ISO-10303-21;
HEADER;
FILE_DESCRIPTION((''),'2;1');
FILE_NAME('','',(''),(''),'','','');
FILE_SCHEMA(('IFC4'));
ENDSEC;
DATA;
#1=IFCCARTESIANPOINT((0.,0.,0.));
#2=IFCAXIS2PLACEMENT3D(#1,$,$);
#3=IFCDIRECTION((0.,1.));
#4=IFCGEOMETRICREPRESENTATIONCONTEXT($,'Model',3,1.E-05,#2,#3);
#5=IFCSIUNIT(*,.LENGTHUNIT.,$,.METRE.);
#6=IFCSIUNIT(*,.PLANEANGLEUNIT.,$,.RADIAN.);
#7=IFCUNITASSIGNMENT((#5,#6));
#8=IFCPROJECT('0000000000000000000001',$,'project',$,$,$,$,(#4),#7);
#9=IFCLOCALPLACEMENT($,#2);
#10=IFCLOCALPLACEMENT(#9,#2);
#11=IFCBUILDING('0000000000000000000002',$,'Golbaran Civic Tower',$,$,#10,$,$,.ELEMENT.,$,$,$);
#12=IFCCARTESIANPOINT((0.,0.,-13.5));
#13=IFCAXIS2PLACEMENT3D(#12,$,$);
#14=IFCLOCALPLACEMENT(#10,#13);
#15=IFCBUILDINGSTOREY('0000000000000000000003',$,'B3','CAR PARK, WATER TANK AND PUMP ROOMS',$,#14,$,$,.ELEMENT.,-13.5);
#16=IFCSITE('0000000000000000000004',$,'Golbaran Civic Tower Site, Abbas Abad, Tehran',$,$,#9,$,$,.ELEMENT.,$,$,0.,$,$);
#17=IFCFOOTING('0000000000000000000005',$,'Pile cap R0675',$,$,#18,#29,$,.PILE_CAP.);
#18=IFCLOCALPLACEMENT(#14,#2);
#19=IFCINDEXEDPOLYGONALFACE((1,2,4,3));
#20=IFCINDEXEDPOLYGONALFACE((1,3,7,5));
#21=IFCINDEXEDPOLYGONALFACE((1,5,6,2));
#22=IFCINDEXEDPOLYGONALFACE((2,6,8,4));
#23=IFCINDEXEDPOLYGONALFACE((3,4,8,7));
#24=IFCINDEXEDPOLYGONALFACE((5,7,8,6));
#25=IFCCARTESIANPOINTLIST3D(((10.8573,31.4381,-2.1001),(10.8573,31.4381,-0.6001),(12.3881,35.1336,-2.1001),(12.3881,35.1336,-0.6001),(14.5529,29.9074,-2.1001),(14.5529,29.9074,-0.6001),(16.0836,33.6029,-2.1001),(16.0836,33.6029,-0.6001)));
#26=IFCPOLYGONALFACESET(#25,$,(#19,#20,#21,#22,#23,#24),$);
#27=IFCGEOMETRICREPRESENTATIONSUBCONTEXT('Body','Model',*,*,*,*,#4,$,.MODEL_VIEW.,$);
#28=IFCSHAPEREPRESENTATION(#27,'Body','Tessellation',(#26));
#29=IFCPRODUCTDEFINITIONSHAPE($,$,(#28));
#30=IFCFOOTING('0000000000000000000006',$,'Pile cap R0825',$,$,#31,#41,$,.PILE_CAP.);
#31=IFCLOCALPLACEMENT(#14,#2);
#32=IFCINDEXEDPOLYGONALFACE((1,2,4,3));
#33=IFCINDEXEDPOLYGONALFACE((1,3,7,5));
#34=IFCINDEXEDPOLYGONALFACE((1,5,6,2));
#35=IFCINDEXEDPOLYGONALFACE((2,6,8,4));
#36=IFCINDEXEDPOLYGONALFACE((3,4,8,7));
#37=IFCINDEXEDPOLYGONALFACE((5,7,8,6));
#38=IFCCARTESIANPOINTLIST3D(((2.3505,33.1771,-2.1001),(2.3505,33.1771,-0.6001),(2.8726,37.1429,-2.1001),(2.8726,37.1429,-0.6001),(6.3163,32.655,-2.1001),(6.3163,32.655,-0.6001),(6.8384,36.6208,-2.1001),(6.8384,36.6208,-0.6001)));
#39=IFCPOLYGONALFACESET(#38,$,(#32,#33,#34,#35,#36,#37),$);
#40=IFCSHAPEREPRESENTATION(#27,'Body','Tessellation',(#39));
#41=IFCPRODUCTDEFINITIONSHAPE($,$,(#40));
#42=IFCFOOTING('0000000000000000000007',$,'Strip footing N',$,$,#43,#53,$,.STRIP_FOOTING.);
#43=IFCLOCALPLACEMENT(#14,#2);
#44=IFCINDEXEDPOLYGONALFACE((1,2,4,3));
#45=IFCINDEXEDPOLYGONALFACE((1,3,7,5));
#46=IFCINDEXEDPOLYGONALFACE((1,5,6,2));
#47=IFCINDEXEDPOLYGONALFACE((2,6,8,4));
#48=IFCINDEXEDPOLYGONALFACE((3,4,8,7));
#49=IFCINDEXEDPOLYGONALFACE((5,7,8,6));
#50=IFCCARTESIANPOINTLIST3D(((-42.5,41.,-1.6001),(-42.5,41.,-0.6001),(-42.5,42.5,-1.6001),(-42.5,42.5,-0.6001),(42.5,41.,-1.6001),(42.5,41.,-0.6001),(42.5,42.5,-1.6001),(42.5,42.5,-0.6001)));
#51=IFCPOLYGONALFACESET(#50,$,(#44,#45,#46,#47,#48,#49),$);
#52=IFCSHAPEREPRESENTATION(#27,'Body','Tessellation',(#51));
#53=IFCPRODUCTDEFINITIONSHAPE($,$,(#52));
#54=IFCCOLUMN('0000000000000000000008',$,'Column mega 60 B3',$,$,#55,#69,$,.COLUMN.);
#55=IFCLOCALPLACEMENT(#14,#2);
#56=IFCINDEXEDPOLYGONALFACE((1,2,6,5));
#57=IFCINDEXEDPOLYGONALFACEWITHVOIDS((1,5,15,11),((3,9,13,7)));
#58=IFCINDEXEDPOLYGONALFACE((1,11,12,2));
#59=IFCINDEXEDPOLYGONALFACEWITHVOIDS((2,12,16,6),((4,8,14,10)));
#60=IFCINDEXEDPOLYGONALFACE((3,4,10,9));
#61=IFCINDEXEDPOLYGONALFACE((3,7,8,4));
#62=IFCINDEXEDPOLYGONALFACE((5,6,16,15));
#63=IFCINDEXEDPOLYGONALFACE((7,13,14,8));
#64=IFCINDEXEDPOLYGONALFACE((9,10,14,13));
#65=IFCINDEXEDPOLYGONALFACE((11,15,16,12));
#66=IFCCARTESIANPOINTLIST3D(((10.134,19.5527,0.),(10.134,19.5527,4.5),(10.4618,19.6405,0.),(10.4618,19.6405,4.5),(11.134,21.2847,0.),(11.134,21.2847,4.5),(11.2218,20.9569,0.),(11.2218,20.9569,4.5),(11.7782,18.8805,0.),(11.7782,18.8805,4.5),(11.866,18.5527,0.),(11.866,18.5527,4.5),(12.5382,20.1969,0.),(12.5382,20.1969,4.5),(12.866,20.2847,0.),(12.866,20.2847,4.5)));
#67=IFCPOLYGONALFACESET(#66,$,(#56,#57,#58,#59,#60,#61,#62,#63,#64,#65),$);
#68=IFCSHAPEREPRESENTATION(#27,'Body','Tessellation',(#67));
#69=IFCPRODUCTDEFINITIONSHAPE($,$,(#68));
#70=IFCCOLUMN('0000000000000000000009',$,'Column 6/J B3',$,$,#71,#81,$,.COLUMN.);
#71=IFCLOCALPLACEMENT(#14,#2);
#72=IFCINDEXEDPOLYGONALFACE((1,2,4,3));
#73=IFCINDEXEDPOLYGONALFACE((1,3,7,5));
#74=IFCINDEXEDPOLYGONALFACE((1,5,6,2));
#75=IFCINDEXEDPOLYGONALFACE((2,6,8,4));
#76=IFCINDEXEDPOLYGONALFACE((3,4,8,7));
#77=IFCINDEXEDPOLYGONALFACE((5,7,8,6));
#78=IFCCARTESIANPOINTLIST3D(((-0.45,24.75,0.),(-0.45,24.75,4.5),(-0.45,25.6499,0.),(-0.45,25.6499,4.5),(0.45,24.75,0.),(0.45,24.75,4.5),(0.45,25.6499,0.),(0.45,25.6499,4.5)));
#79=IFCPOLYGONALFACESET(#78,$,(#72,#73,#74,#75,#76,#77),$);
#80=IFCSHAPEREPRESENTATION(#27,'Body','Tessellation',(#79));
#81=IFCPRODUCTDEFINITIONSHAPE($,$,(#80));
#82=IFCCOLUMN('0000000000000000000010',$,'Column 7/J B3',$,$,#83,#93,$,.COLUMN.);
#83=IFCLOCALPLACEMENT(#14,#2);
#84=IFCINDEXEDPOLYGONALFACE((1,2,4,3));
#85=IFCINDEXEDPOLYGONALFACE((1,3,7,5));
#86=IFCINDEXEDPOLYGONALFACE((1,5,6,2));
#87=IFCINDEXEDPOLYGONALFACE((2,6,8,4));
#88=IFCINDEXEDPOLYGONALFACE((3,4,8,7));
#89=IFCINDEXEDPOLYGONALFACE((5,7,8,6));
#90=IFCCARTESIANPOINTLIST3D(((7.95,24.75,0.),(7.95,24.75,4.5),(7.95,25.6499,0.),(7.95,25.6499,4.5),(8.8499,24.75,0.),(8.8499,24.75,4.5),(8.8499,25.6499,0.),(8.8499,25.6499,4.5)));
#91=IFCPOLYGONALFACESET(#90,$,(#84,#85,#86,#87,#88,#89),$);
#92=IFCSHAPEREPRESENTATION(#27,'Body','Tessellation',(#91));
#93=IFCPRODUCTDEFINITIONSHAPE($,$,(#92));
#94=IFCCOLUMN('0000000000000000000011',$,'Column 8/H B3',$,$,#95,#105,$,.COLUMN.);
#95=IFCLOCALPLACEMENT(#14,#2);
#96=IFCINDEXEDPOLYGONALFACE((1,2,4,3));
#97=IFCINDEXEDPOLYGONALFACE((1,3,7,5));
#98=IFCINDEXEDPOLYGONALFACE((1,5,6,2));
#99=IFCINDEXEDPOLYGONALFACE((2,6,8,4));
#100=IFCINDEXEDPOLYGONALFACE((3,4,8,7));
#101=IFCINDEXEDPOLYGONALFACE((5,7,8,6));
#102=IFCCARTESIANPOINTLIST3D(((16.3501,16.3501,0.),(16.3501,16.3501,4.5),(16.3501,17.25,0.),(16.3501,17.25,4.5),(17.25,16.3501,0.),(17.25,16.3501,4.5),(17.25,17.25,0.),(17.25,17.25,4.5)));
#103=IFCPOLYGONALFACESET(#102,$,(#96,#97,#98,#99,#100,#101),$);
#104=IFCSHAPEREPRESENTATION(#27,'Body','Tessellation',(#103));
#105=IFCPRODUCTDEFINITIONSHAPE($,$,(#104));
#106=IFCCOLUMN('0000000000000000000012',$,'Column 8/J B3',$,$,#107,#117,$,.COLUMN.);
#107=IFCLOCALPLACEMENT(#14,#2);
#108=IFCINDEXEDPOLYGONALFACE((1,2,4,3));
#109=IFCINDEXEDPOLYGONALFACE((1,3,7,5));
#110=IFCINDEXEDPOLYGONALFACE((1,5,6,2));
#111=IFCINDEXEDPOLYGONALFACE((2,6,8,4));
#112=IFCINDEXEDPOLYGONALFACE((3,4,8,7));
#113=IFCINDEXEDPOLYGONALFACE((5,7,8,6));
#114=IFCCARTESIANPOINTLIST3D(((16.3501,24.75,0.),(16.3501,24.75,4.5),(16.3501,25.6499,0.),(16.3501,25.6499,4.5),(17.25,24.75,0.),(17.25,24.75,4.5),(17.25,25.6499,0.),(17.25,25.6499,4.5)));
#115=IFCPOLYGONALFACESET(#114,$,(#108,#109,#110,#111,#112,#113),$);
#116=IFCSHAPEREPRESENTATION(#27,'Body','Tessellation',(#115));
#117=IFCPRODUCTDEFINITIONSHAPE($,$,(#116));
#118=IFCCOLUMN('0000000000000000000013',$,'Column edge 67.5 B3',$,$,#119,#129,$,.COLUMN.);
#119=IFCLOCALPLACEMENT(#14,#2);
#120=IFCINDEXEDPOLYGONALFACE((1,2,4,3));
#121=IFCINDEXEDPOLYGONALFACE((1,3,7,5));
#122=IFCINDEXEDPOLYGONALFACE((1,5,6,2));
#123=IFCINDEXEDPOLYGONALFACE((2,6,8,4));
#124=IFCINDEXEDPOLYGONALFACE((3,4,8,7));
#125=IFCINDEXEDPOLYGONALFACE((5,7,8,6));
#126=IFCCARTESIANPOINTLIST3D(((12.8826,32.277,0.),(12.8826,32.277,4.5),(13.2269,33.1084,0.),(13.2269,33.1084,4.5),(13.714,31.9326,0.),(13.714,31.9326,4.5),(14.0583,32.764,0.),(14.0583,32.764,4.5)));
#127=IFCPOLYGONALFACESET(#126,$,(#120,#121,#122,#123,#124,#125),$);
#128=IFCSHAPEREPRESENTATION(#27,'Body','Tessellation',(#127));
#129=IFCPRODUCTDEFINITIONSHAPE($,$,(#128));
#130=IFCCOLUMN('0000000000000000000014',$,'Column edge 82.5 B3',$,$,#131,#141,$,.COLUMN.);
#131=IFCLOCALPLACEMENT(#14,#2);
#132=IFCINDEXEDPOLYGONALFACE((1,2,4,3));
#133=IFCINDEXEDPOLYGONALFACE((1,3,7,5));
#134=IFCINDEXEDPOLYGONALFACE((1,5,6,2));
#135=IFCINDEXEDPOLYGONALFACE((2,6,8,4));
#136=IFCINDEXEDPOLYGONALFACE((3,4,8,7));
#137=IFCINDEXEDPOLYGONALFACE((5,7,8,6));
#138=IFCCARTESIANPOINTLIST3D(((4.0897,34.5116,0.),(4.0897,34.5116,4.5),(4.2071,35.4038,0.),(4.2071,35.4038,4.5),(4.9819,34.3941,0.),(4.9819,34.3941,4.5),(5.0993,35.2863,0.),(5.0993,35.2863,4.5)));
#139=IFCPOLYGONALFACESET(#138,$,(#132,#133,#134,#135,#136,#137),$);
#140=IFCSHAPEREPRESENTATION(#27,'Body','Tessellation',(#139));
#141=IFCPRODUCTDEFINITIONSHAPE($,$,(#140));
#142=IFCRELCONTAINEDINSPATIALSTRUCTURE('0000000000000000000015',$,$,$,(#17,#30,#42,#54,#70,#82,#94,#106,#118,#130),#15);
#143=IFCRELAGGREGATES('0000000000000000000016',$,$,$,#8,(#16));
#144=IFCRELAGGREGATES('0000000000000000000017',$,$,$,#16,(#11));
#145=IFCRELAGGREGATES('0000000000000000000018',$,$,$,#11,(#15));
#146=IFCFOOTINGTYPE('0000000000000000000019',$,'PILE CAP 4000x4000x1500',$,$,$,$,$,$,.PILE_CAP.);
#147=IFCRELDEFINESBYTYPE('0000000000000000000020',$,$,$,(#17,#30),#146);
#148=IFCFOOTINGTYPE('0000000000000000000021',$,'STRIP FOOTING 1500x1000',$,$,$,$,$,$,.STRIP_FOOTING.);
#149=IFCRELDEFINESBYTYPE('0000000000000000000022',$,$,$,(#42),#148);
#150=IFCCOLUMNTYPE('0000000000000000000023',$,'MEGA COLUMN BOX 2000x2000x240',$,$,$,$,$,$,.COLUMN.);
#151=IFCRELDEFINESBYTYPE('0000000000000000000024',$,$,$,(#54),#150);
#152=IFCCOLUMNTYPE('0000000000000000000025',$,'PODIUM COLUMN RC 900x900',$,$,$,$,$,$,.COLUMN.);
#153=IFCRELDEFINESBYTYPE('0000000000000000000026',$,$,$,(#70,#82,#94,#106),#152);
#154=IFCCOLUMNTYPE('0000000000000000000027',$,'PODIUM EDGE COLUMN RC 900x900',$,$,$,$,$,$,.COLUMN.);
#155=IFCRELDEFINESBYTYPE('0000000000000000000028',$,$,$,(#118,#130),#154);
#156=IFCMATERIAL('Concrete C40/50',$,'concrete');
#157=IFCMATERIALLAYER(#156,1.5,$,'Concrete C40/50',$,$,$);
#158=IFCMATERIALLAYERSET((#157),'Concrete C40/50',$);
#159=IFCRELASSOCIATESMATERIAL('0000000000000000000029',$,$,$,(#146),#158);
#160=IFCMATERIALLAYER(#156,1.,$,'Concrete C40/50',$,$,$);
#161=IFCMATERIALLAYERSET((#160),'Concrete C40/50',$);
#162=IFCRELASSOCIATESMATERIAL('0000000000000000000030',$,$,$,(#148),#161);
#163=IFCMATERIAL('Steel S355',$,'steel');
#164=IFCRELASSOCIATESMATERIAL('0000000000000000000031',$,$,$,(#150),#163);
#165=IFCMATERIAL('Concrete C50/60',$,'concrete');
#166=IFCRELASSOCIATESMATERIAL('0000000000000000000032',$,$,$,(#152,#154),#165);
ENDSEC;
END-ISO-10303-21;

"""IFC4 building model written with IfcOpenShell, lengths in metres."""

from ifc_helpers import new_model, si_unit, direction, frame, origin, origin_2d, place, context, subcontext, project, spatial, rectangle, hollow_rectangle, extrude, material, layer, layer_set, material_profile, profile_set, type_object, element, save


model = new_model("IFC4")

# Units and contexts
model_context = context("Model", 3, precision=1e-05, world=origin(), true_north=direction((0.0, 1.0)))
body_context = subcontext(model_context, "Body", "Model", "MODEL_VIEW")
ifc_project = project(units=[si_unit("LENGTHUNIT", "METRE"), si_unit("PLANEANGLEUNIT", "RADIAN")], contexts=[model_context])

# Site, building, storey
site_placement = place(None, origin())
site = spatial("IfcSite", under=ifc_project, at=site_placement, Name="Golbaran Civic Tower Site, Abbas Abad, Tehran", CompositionType="ELEMENT", RefElevation=0.0)
building_placement = place(site_placement, origin())
building = spatial("IfcBuilding", under=site, at=building_placement, Name="Golbaran Civic Tower", CompositionType="ELEMENT")
storey_placement = place(building_placement, frame((0.0, 0.0, -13.5)))
storey = spatial("IfcBuildingStorey", under=building, at=storey_placement, Name="B3", Description="CAR PARK, WATER TANK AND PUMP ROOMS", CompositionType="ELEMENT", Elevation=-13.5)

# Footings
ifc_material_1 = material(Name="Concrete C40/50", Category="concrete")
ifc_layer_1 = layer(ifc_material_1, 1.5, Name="Concrete C40/50")
ifc_layer_set_1 = layer_set([ifc_layer_1], Name="Concrete C40/50")
footing_type_1 = type_object("IfcFootingType", Name="PILE CAP 4000x4000x1500", PredefinedType="PILE_CAP", material=ifc_layer_set_1)
for number, where, z_axis, x_axis, name in (
    (1, (13.4705, 32.5205, -2.1001), (0.0, 0.0, 1.0), (0.382683, 0.92388, 0.0), "Pile cap R0675"),
    (2, (4.5945, 34.8989, -2.1001), (0.0, 0.0, 1.0), (0.130526, 0.991445, 0.0), "Pile cap R0825"),
):
    element("IfcFooting", number, at=place(storey_placement, frame(where, z_axis=z_axis, x_axis=x_axis)), inside=storey, type_object=footing_type_1, Name=name, PredefinedType="PILE_CAP", context=body_context, shape_type="SweptSolid", body=[
        extrude(rectangle(XDim=4.0, YDim=4.0, at=origin_2d()), origin(), (0.0, 0.0, 1.0), 1.5),
    ])
ifc_layer_2 = layer(ifc_material_1, 1.0, Name="Concrete C40/50")
ifc_layer_set_2 = layer_set([ifc_layer_2], Name="Concrete C40/50")
footing_type_2 = type_object("IfcFootingType", Name="STRIP FOOTING 1500x1000", PredefinedType="STRIP_FOOTING", material=ifc_layer_set_2)
footing_placement = place(storey_placement, frame((0.0, 41.75, -1.6001), z_axis=(0.0, 0.0, 1.0), x_axis=(1.0, 0.0, 0.0)))
element("IfcFooting", 3, at=footing_placement, inside=storey, type_object=footing_type_2, Name="Strip footing N", PredefinedType="STRIP_FOOTING", context=body_context, shape_type="SweptSolid", body=[
    extrude(rectangle(XDim=85.0, YDim=1.5, at=origin_2d()), origin(), (0.0, 0.0, 1.0), 1.0),
])

# Columns
ifc_material_2 = material(Name="Steel S355", Category="steel")
ifc_material_profile_1 = material_profile(ifc_material_2, hollow_rectangle(XDim=2.0, YDim=2.0, WallThickness=0.24, at=origin_2d()), Name="BOX 2000x2000x240")
ifc_profile_set_1 = profile_set([ifc_material_profile_1], Name="Steel S355")
column_type_1 = type_object("IfcColumnType", Name="MEGA COLUMN BOX 2000x2000x240", PredefinedType="COLUMN", material=ifc_profile_set_1)
column_placement = place(storey_placement, frame((11.5, 19.9187, 0.0), z_axis=(0.0, 0.0, 1.0), x_axis=(0.5, 0.866025, 0.0)))
element("IfcColumn", 4, at=column_placement, inside=storey, type_object=column_type_1, Name="Column mega 60 B3", PredefinedType="COLUMN", context=body_context, shape_type="SweptSolid", body=[
    extrude(hollow_rectangle(XDim=2.0, YDim=2.0, WallThickness=0.24, at=origin_2d()), origin(), (0.0, 0.0, 1.0), 4.5),
])
ifc_material_3 = material(Name="Concrete C50/60", Category="concrete")
ifc_material_profile_2 = material_profile(ifc_material_3, rectangle(XDim=0.8999, YDim=0.8999, at=origin_2d()), Name="RC 900x900")
ifc_profile_set_2 = profile_set([ifc_material_profile_2], Name="Concrete C50/60")
column_type_2 = type_object("IfcColumnType", Name="PODIUM COLUMN RC 900x900", PredefinedType="COLUMN", material=ifc_profile_set_2)
for number, where, z_axis, x_axis, name in (
    (5, (0.0, 25.2, 0.0), (0.0, 0.0, 1.0), (1.0, 0.0, 0.0), "Column 6/J B3"),
    (6, (8.3999, 25.2, 0.0), (0.0, 0.0, 1.0), (1.0, 0.0, 0.0), "Column 7/J B3"),
    (7, (16.8, 16.8, 0.0), (0.0, 0.0, 1.0), (1.0, 0.0, 0.0), "Column 8/H B3"),
    (8, (16.8, 25.2, 0.0), (0.0, 0.0, 1.0), (1.0, 0.0, 0.0), "Column 8/J B3"),
):
    element("IfcColumn", number, at=place(storey_placement, frame(where, z_axis=z_axis, x_axis=x_axis)), inside=storey, type_object=column_type_2, Name=name, PredefinedType="COLUMN", context=body_context, shape_type="SweptSolid", body=[
        extrude(rectangle(XDim=0.8999, YDim=0.8999, at=origin_2d()), origin(), (0.0, 0.0, 1.0), 4.5),
    ])
ifc_material_profile_3 = material_profile(ifc_material_3, rectangle(XDim=0.8999, YDim=0.8999, at=origin_2d()), Name="RC 900x900")
ifc_profile_set_3 = profile_set([ifc_material_profile_3], Name="Concrete C50/60")
column_type_3 = type_object("IfcColumnType", Name="PODIUM EDGE COLUMN RC 900x900", PredefinedType="COLUMN", material=ifc_profile_set_3)
for number, where, z_axis, x_axis, name in (
    (9, (13.4705, 32.5205, 0.0), (0.0, 0.0, 1.0), (0.382683, 0.92388, 0.0), "Column edge 67.5 B3"),
    (10, (4.5945, 34.8989, 0.0), (0.0, 0.0, 1.0), (0.130526, 0.991445, 0.0), "Column edge 82.5 B3"),
):
    element("IfcColumn", number, at=place(storey_placement, frame(where, z_axis=z_axis, x_axis=x_axis)), inside=storey, type_object=column_type_3, Name=name, PredefinedType="COLUMN", context=body_context, shape_type="SweptSolid", body=[
        extrude(rectangle(XDim=0.8999, YDim=0.8999, at=origin_2d()), origin(), (0.0, 0.0, 1.0), 4.5),
    ])

save(model, "model.ifc")
